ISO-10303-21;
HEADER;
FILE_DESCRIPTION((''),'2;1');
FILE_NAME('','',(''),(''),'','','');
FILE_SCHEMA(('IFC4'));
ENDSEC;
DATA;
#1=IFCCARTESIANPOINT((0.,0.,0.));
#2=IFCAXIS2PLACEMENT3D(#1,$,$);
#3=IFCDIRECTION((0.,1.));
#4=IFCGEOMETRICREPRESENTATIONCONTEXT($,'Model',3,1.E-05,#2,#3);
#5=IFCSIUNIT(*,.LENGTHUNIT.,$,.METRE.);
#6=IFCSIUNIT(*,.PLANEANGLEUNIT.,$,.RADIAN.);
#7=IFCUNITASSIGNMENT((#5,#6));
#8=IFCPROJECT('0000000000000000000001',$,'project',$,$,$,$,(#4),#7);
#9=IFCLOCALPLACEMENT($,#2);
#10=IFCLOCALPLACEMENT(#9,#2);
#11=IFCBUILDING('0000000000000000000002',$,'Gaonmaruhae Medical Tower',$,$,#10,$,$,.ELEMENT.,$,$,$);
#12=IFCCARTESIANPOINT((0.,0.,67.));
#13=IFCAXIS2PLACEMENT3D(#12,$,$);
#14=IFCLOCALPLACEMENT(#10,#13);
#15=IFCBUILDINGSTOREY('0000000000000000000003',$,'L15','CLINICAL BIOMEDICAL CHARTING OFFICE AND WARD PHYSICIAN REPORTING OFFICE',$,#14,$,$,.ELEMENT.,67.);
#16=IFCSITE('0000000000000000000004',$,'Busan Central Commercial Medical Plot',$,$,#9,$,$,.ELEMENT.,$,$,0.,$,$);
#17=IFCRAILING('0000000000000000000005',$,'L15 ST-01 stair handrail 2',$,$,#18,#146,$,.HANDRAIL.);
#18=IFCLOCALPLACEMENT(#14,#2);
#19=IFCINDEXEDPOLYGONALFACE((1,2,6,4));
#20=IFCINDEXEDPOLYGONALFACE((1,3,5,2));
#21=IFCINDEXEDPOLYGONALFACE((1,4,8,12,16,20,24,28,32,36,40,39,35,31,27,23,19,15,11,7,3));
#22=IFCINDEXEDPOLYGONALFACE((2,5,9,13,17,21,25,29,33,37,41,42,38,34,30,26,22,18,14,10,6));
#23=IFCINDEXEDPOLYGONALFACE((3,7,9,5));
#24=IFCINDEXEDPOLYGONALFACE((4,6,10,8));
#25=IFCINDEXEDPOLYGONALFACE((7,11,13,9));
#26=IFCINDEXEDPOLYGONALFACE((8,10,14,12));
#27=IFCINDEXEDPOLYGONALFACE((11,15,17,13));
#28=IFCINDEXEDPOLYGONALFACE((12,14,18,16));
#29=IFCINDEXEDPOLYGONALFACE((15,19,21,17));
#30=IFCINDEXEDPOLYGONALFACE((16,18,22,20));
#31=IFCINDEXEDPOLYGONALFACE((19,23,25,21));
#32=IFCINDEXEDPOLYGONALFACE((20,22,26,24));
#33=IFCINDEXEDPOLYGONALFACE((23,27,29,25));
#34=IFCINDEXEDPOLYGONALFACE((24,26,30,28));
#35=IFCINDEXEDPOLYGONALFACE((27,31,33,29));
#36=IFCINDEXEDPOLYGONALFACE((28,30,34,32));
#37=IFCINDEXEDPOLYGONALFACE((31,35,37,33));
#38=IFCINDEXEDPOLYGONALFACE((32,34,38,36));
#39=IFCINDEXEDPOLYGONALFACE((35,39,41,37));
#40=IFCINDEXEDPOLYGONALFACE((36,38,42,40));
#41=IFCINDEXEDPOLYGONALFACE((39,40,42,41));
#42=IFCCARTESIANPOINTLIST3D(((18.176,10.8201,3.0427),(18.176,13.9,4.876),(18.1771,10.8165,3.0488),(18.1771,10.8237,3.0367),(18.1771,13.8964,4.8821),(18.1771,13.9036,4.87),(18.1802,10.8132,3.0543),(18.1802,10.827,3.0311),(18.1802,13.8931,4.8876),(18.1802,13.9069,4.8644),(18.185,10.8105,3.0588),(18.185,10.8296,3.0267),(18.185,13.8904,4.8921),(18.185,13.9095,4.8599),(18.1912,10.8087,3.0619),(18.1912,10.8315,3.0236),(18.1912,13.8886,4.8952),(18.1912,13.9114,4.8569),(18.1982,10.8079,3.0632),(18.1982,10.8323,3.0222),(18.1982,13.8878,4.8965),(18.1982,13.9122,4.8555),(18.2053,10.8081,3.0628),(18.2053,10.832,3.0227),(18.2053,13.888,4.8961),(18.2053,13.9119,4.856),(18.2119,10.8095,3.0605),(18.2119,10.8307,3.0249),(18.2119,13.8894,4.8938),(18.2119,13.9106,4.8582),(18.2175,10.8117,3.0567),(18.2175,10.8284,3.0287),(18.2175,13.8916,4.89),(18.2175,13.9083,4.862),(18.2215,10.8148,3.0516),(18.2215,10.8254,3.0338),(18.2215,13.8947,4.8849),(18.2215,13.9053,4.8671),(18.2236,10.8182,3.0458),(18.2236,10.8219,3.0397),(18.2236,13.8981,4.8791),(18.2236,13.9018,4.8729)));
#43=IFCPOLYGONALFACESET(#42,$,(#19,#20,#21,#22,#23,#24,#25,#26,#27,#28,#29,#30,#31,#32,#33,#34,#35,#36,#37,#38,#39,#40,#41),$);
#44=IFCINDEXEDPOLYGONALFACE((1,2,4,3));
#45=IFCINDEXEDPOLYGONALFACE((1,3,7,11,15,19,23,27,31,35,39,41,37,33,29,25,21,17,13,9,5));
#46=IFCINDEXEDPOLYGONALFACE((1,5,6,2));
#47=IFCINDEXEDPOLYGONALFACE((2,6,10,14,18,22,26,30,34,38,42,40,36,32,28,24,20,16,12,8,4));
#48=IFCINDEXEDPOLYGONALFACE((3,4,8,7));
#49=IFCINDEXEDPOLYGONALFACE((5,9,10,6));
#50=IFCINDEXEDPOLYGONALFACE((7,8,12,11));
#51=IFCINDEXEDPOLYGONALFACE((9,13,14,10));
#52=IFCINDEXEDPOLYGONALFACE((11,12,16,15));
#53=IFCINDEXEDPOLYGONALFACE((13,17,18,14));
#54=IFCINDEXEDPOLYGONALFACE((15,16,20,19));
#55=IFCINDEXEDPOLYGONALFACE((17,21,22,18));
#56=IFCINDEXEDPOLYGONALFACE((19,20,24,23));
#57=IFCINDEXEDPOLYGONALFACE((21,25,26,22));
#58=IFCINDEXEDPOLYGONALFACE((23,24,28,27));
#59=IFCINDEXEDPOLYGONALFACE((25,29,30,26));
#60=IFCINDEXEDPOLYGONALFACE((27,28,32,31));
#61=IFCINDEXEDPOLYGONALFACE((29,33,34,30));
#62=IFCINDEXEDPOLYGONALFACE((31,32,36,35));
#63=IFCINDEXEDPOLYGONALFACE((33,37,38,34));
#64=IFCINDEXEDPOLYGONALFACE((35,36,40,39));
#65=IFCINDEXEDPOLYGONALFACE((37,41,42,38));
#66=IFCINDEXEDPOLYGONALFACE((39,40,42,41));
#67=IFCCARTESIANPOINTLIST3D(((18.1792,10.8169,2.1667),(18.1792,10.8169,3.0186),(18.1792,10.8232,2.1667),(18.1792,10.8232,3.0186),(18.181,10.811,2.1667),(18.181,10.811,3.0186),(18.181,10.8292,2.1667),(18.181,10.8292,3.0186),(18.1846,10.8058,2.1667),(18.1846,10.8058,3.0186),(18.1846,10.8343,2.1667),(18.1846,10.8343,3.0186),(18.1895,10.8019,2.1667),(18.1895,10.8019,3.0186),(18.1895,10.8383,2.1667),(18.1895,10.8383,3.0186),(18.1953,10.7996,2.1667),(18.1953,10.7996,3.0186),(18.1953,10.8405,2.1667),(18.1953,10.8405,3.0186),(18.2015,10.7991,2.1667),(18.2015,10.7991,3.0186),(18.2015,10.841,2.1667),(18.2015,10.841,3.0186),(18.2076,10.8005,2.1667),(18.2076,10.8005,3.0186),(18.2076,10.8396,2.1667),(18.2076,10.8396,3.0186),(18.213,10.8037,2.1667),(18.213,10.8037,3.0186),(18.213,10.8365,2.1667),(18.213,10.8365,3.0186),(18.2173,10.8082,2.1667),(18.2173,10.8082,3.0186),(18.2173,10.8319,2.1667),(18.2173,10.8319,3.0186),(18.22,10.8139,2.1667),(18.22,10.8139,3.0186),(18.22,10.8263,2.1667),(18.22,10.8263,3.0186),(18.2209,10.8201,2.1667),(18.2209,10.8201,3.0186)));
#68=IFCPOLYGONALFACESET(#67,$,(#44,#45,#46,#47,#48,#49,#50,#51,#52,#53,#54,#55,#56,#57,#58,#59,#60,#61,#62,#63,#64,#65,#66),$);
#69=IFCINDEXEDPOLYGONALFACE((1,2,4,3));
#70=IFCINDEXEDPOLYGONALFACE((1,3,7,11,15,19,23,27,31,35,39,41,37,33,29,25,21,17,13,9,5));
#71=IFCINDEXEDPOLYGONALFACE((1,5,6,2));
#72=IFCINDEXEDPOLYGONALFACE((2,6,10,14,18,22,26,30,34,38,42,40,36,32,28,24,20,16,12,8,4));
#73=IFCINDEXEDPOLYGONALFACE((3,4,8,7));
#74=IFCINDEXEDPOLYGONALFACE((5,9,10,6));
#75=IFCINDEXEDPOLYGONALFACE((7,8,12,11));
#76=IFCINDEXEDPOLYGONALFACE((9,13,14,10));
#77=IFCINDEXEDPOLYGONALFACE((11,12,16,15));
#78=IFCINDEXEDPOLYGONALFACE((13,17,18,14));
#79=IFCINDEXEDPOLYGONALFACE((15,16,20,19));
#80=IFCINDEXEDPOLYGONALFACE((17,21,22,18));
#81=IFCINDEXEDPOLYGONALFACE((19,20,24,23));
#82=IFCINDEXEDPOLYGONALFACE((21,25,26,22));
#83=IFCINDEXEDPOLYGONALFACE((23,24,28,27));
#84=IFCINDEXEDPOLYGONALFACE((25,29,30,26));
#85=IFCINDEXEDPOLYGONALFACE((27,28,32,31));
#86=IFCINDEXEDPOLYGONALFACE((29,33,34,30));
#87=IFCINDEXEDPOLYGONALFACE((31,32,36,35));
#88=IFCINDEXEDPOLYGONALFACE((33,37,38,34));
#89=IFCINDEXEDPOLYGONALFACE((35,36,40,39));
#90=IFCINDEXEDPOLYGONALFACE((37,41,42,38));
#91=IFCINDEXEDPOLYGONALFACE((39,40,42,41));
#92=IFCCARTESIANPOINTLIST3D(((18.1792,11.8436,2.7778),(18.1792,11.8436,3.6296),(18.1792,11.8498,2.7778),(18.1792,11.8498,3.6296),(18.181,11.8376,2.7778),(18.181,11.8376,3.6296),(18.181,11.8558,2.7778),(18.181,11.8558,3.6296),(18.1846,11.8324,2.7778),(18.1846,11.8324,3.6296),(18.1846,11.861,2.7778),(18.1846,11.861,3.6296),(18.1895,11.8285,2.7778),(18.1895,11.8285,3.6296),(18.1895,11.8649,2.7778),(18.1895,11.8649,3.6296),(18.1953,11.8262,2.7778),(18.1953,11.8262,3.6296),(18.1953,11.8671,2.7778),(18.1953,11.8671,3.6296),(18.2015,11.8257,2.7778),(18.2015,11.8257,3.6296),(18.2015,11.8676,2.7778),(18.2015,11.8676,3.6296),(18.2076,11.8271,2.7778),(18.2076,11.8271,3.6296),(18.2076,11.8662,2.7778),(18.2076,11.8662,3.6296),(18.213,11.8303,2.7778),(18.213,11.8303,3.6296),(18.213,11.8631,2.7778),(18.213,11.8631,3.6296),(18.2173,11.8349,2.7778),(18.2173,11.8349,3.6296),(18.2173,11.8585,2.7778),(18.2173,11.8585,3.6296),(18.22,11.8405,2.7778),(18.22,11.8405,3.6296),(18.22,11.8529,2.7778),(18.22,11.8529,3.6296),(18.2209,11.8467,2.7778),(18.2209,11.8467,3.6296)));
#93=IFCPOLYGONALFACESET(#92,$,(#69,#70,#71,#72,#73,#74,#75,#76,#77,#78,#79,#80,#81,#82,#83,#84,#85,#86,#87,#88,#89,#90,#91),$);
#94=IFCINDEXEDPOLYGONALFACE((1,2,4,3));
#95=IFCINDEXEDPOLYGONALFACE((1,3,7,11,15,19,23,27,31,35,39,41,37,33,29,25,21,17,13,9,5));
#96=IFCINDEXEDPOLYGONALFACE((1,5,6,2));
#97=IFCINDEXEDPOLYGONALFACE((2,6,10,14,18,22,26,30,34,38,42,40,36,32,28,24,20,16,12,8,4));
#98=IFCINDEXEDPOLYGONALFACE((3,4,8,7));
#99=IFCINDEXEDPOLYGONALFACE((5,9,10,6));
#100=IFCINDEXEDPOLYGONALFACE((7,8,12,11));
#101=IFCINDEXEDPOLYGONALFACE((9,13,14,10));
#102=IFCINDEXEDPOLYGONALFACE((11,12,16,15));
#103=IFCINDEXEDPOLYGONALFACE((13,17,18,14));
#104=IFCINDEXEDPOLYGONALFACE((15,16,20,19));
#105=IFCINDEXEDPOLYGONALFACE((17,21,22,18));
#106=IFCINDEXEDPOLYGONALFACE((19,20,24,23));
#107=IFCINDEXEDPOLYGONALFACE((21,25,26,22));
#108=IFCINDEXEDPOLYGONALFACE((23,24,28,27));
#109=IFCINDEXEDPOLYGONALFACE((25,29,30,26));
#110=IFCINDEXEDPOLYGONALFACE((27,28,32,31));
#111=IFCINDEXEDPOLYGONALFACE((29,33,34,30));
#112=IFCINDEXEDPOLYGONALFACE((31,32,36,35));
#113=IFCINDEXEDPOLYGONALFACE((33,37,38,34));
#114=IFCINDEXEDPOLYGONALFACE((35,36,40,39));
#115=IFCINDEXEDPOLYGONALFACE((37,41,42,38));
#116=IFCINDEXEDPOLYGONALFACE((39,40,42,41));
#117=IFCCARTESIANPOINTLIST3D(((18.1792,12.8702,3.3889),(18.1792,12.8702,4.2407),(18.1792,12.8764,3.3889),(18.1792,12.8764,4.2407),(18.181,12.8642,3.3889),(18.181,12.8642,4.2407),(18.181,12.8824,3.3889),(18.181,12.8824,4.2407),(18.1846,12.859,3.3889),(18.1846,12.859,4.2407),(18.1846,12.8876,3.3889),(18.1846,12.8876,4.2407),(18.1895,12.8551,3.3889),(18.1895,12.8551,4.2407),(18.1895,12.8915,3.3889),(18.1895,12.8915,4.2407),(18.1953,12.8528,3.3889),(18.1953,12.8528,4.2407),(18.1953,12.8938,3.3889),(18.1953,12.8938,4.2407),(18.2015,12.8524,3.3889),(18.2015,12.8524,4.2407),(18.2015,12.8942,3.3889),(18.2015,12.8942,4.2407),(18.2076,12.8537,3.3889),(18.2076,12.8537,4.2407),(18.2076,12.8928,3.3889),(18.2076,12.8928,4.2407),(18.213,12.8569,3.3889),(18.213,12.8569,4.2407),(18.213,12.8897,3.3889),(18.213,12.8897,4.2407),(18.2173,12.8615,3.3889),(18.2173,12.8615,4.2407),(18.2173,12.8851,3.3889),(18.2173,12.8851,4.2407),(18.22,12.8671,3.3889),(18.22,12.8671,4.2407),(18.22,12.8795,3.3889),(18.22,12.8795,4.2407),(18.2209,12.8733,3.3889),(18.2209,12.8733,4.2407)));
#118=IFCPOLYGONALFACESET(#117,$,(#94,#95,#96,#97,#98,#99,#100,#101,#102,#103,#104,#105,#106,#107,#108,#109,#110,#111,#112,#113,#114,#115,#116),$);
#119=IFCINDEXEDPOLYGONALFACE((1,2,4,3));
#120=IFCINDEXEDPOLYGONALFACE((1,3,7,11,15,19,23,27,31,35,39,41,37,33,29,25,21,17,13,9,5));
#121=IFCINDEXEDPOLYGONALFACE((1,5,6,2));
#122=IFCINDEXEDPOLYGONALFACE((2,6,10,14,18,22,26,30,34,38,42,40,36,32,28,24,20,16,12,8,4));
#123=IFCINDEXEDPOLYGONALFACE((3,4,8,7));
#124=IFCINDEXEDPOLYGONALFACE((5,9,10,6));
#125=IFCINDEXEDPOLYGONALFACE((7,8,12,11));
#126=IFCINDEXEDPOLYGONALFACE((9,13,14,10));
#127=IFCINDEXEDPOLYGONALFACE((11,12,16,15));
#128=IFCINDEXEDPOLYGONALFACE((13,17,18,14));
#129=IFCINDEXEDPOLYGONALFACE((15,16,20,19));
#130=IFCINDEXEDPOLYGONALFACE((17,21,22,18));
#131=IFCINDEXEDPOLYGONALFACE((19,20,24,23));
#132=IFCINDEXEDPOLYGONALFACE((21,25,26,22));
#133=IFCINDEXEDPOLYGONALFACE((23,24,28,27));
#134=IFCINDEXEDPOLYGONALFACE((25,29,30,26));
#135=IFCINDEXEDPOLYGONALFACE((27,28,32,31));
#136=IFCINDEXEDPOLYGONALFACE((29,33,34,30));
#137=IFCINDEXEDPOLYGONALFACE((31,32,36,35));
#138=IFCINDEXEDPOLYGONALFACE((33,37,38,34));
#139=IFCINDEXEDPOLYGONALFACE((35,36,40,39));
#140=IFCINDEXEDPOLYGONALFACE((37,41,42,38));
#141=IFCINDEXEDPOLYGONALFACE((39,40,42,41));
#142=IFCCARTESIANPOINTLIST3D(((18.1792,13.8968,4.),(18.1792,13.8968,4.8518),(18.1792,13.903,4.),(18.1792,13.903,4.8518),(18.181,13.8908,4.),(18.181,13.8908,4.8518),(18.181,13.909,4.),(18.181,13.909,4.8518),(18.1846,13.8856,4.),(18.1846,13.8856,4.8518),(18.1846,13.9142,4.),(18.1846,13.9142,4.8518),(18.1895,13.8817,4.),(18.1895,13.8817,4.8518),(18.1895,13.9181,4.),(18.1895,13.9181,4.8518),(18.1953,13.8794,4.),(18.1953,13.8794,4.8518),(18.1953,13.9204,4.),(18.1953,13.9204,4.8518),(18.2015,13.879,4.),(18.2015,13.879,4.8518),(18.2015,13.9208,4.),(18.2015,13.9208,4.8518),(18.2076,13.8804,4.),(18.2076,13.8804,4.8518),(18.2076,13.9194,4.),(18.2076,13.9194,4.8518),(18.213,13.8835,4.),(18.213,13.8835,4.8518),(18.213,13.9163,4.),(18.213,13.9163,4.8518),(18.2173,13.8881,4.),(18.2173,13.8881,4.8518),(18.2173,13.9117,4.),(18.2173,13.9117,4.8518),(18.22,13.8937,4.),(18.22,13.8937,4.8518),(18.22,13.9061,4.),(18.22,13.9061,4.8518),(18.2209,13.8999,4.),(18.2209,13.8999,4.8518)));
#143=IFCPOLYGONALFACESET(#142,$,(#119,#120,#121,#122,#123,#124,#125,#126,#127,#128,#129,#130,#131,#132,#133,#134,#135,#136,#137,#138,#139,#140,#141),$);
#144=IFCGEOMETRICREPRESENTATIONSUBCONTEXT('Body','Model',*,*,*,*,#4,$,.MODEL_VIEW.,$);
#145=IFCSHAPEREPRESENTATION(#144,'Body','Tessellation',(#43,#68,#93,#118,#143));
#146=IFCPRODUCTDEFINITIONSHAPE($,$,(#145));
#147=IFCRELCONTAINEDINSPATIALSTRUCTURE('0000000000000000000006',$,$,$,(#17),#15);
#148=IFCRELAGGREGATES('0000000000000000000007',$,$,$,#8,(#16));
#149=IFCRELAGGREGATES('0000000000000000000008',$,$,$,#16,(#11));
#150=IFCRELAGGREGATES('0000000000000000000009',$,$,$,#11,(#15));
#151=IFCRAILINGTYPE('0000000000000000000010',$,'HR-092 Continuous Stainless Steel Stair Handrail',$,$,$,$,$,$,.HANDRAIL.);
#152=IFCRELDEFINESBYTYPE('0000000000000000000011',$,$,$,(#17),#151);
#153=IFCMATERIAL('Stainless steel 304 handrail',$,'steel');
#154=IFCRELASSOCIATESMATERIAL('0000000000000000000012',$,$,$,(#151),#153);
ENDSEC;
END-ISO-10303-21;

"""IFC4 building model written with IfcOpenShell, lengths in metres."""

from ifc_helpers import new_model, si_unit, direction, frame, origin, origin_2d, place, context, subcontext, project, spatial, circle, extrude, material, type_object, element, save


model = new_model("IFC4")

# Units and contexts
model_context = context("Model", 3, precision=1e-05, world=origin(), true_north=direction((0.0, 1.0)))
body_context = subcontext(model_context, "Body", "Model", "MODEL_VIEW")
ifc_project = project(units=[si_unit("LENGTHUNIT", "METRE"), si_unit("PLANEANGLEUNIT", "RADIAN")], contexts=[model_context])

# Site, building, storey
site_placement = place(None, origin())
site = spatial("IfcSite", under=ifc_project, at=site_placement, Name="Busan Central Commercial Medical Plot", CompositionType="ELEMENT", RefElevation=0.0)
building_placement = place(site_placement, origin())
building = spatial("IfcBuilding", under=site, at=building_placement, Name="Gaonmaruhae Medical Tower", CompositionType="ELEMENT")
storey_placement = place(building_placement, frame((0.0, 0.0, 67.0)))
storey = spatial("IfcBuildingStorey", under=building, at=storey_placement, Name="L15", Description="CLINICAL BIOMEDICAL CHARTING OFFICE AND WARD PHYSICIAN REPORTING OFFICE", CompositionType="ELEMENT", Elevation=67.0)

# Railing
ifc_material_1 = material(Name="Stainless steel 304 handrail", Category="steel")
railing_type_1 = type_object("IfcRailingType", Name="HR-092 Continuous Stainless Steel Stair Handrail", PredefinedType="HANDRAIL", material=ifc_material_1)
railing_1_placement = place(storey_placement, frame((18.2, 10.8201, 2.1667)))
element("IfcRailing", 1, at=railing_1_placement, inside=storey, type_object=railing_type_1, Name="L15 ST-01 stair handrail 2", PredefinedType="HANDRAIL", context=body_context, shape_type="SweptSolid", body=[
    extrude(circle(Radius=0.0239, at=origin_2d()), frame((0.0, 0.0, 0.876), z_axis=(0.0, 0.859291, 0.511487), x_axis=(-1.0, 0.0, 0.0)), (0.0, 0.0, 1.0), 3.5842),
    extrude(circle(Radius=0.021, at=origin_2d()), origin(), (0.0, 0.0, 1.0), 0.8518),
    extrude(circle(Radius=0.021, at=origin_2d()), frame((0.0, 1.0266, 0.6111)), (0.0, 0.0, 1.0), 0.8518),
    extrude(circle(Radius=0.021, at=origin_2d()), frame((0.0, 2.0532, 1.2222)), (0.0, 0.0, 1.0), 0.8518),
    extrude(circle(Radius=0.021, at=origin_2d()), frame((0.0, 3.0798, 1.8333)), (0.0, 0.0, 1.0), 0.8518),
])

save(model, "model.ifc")
